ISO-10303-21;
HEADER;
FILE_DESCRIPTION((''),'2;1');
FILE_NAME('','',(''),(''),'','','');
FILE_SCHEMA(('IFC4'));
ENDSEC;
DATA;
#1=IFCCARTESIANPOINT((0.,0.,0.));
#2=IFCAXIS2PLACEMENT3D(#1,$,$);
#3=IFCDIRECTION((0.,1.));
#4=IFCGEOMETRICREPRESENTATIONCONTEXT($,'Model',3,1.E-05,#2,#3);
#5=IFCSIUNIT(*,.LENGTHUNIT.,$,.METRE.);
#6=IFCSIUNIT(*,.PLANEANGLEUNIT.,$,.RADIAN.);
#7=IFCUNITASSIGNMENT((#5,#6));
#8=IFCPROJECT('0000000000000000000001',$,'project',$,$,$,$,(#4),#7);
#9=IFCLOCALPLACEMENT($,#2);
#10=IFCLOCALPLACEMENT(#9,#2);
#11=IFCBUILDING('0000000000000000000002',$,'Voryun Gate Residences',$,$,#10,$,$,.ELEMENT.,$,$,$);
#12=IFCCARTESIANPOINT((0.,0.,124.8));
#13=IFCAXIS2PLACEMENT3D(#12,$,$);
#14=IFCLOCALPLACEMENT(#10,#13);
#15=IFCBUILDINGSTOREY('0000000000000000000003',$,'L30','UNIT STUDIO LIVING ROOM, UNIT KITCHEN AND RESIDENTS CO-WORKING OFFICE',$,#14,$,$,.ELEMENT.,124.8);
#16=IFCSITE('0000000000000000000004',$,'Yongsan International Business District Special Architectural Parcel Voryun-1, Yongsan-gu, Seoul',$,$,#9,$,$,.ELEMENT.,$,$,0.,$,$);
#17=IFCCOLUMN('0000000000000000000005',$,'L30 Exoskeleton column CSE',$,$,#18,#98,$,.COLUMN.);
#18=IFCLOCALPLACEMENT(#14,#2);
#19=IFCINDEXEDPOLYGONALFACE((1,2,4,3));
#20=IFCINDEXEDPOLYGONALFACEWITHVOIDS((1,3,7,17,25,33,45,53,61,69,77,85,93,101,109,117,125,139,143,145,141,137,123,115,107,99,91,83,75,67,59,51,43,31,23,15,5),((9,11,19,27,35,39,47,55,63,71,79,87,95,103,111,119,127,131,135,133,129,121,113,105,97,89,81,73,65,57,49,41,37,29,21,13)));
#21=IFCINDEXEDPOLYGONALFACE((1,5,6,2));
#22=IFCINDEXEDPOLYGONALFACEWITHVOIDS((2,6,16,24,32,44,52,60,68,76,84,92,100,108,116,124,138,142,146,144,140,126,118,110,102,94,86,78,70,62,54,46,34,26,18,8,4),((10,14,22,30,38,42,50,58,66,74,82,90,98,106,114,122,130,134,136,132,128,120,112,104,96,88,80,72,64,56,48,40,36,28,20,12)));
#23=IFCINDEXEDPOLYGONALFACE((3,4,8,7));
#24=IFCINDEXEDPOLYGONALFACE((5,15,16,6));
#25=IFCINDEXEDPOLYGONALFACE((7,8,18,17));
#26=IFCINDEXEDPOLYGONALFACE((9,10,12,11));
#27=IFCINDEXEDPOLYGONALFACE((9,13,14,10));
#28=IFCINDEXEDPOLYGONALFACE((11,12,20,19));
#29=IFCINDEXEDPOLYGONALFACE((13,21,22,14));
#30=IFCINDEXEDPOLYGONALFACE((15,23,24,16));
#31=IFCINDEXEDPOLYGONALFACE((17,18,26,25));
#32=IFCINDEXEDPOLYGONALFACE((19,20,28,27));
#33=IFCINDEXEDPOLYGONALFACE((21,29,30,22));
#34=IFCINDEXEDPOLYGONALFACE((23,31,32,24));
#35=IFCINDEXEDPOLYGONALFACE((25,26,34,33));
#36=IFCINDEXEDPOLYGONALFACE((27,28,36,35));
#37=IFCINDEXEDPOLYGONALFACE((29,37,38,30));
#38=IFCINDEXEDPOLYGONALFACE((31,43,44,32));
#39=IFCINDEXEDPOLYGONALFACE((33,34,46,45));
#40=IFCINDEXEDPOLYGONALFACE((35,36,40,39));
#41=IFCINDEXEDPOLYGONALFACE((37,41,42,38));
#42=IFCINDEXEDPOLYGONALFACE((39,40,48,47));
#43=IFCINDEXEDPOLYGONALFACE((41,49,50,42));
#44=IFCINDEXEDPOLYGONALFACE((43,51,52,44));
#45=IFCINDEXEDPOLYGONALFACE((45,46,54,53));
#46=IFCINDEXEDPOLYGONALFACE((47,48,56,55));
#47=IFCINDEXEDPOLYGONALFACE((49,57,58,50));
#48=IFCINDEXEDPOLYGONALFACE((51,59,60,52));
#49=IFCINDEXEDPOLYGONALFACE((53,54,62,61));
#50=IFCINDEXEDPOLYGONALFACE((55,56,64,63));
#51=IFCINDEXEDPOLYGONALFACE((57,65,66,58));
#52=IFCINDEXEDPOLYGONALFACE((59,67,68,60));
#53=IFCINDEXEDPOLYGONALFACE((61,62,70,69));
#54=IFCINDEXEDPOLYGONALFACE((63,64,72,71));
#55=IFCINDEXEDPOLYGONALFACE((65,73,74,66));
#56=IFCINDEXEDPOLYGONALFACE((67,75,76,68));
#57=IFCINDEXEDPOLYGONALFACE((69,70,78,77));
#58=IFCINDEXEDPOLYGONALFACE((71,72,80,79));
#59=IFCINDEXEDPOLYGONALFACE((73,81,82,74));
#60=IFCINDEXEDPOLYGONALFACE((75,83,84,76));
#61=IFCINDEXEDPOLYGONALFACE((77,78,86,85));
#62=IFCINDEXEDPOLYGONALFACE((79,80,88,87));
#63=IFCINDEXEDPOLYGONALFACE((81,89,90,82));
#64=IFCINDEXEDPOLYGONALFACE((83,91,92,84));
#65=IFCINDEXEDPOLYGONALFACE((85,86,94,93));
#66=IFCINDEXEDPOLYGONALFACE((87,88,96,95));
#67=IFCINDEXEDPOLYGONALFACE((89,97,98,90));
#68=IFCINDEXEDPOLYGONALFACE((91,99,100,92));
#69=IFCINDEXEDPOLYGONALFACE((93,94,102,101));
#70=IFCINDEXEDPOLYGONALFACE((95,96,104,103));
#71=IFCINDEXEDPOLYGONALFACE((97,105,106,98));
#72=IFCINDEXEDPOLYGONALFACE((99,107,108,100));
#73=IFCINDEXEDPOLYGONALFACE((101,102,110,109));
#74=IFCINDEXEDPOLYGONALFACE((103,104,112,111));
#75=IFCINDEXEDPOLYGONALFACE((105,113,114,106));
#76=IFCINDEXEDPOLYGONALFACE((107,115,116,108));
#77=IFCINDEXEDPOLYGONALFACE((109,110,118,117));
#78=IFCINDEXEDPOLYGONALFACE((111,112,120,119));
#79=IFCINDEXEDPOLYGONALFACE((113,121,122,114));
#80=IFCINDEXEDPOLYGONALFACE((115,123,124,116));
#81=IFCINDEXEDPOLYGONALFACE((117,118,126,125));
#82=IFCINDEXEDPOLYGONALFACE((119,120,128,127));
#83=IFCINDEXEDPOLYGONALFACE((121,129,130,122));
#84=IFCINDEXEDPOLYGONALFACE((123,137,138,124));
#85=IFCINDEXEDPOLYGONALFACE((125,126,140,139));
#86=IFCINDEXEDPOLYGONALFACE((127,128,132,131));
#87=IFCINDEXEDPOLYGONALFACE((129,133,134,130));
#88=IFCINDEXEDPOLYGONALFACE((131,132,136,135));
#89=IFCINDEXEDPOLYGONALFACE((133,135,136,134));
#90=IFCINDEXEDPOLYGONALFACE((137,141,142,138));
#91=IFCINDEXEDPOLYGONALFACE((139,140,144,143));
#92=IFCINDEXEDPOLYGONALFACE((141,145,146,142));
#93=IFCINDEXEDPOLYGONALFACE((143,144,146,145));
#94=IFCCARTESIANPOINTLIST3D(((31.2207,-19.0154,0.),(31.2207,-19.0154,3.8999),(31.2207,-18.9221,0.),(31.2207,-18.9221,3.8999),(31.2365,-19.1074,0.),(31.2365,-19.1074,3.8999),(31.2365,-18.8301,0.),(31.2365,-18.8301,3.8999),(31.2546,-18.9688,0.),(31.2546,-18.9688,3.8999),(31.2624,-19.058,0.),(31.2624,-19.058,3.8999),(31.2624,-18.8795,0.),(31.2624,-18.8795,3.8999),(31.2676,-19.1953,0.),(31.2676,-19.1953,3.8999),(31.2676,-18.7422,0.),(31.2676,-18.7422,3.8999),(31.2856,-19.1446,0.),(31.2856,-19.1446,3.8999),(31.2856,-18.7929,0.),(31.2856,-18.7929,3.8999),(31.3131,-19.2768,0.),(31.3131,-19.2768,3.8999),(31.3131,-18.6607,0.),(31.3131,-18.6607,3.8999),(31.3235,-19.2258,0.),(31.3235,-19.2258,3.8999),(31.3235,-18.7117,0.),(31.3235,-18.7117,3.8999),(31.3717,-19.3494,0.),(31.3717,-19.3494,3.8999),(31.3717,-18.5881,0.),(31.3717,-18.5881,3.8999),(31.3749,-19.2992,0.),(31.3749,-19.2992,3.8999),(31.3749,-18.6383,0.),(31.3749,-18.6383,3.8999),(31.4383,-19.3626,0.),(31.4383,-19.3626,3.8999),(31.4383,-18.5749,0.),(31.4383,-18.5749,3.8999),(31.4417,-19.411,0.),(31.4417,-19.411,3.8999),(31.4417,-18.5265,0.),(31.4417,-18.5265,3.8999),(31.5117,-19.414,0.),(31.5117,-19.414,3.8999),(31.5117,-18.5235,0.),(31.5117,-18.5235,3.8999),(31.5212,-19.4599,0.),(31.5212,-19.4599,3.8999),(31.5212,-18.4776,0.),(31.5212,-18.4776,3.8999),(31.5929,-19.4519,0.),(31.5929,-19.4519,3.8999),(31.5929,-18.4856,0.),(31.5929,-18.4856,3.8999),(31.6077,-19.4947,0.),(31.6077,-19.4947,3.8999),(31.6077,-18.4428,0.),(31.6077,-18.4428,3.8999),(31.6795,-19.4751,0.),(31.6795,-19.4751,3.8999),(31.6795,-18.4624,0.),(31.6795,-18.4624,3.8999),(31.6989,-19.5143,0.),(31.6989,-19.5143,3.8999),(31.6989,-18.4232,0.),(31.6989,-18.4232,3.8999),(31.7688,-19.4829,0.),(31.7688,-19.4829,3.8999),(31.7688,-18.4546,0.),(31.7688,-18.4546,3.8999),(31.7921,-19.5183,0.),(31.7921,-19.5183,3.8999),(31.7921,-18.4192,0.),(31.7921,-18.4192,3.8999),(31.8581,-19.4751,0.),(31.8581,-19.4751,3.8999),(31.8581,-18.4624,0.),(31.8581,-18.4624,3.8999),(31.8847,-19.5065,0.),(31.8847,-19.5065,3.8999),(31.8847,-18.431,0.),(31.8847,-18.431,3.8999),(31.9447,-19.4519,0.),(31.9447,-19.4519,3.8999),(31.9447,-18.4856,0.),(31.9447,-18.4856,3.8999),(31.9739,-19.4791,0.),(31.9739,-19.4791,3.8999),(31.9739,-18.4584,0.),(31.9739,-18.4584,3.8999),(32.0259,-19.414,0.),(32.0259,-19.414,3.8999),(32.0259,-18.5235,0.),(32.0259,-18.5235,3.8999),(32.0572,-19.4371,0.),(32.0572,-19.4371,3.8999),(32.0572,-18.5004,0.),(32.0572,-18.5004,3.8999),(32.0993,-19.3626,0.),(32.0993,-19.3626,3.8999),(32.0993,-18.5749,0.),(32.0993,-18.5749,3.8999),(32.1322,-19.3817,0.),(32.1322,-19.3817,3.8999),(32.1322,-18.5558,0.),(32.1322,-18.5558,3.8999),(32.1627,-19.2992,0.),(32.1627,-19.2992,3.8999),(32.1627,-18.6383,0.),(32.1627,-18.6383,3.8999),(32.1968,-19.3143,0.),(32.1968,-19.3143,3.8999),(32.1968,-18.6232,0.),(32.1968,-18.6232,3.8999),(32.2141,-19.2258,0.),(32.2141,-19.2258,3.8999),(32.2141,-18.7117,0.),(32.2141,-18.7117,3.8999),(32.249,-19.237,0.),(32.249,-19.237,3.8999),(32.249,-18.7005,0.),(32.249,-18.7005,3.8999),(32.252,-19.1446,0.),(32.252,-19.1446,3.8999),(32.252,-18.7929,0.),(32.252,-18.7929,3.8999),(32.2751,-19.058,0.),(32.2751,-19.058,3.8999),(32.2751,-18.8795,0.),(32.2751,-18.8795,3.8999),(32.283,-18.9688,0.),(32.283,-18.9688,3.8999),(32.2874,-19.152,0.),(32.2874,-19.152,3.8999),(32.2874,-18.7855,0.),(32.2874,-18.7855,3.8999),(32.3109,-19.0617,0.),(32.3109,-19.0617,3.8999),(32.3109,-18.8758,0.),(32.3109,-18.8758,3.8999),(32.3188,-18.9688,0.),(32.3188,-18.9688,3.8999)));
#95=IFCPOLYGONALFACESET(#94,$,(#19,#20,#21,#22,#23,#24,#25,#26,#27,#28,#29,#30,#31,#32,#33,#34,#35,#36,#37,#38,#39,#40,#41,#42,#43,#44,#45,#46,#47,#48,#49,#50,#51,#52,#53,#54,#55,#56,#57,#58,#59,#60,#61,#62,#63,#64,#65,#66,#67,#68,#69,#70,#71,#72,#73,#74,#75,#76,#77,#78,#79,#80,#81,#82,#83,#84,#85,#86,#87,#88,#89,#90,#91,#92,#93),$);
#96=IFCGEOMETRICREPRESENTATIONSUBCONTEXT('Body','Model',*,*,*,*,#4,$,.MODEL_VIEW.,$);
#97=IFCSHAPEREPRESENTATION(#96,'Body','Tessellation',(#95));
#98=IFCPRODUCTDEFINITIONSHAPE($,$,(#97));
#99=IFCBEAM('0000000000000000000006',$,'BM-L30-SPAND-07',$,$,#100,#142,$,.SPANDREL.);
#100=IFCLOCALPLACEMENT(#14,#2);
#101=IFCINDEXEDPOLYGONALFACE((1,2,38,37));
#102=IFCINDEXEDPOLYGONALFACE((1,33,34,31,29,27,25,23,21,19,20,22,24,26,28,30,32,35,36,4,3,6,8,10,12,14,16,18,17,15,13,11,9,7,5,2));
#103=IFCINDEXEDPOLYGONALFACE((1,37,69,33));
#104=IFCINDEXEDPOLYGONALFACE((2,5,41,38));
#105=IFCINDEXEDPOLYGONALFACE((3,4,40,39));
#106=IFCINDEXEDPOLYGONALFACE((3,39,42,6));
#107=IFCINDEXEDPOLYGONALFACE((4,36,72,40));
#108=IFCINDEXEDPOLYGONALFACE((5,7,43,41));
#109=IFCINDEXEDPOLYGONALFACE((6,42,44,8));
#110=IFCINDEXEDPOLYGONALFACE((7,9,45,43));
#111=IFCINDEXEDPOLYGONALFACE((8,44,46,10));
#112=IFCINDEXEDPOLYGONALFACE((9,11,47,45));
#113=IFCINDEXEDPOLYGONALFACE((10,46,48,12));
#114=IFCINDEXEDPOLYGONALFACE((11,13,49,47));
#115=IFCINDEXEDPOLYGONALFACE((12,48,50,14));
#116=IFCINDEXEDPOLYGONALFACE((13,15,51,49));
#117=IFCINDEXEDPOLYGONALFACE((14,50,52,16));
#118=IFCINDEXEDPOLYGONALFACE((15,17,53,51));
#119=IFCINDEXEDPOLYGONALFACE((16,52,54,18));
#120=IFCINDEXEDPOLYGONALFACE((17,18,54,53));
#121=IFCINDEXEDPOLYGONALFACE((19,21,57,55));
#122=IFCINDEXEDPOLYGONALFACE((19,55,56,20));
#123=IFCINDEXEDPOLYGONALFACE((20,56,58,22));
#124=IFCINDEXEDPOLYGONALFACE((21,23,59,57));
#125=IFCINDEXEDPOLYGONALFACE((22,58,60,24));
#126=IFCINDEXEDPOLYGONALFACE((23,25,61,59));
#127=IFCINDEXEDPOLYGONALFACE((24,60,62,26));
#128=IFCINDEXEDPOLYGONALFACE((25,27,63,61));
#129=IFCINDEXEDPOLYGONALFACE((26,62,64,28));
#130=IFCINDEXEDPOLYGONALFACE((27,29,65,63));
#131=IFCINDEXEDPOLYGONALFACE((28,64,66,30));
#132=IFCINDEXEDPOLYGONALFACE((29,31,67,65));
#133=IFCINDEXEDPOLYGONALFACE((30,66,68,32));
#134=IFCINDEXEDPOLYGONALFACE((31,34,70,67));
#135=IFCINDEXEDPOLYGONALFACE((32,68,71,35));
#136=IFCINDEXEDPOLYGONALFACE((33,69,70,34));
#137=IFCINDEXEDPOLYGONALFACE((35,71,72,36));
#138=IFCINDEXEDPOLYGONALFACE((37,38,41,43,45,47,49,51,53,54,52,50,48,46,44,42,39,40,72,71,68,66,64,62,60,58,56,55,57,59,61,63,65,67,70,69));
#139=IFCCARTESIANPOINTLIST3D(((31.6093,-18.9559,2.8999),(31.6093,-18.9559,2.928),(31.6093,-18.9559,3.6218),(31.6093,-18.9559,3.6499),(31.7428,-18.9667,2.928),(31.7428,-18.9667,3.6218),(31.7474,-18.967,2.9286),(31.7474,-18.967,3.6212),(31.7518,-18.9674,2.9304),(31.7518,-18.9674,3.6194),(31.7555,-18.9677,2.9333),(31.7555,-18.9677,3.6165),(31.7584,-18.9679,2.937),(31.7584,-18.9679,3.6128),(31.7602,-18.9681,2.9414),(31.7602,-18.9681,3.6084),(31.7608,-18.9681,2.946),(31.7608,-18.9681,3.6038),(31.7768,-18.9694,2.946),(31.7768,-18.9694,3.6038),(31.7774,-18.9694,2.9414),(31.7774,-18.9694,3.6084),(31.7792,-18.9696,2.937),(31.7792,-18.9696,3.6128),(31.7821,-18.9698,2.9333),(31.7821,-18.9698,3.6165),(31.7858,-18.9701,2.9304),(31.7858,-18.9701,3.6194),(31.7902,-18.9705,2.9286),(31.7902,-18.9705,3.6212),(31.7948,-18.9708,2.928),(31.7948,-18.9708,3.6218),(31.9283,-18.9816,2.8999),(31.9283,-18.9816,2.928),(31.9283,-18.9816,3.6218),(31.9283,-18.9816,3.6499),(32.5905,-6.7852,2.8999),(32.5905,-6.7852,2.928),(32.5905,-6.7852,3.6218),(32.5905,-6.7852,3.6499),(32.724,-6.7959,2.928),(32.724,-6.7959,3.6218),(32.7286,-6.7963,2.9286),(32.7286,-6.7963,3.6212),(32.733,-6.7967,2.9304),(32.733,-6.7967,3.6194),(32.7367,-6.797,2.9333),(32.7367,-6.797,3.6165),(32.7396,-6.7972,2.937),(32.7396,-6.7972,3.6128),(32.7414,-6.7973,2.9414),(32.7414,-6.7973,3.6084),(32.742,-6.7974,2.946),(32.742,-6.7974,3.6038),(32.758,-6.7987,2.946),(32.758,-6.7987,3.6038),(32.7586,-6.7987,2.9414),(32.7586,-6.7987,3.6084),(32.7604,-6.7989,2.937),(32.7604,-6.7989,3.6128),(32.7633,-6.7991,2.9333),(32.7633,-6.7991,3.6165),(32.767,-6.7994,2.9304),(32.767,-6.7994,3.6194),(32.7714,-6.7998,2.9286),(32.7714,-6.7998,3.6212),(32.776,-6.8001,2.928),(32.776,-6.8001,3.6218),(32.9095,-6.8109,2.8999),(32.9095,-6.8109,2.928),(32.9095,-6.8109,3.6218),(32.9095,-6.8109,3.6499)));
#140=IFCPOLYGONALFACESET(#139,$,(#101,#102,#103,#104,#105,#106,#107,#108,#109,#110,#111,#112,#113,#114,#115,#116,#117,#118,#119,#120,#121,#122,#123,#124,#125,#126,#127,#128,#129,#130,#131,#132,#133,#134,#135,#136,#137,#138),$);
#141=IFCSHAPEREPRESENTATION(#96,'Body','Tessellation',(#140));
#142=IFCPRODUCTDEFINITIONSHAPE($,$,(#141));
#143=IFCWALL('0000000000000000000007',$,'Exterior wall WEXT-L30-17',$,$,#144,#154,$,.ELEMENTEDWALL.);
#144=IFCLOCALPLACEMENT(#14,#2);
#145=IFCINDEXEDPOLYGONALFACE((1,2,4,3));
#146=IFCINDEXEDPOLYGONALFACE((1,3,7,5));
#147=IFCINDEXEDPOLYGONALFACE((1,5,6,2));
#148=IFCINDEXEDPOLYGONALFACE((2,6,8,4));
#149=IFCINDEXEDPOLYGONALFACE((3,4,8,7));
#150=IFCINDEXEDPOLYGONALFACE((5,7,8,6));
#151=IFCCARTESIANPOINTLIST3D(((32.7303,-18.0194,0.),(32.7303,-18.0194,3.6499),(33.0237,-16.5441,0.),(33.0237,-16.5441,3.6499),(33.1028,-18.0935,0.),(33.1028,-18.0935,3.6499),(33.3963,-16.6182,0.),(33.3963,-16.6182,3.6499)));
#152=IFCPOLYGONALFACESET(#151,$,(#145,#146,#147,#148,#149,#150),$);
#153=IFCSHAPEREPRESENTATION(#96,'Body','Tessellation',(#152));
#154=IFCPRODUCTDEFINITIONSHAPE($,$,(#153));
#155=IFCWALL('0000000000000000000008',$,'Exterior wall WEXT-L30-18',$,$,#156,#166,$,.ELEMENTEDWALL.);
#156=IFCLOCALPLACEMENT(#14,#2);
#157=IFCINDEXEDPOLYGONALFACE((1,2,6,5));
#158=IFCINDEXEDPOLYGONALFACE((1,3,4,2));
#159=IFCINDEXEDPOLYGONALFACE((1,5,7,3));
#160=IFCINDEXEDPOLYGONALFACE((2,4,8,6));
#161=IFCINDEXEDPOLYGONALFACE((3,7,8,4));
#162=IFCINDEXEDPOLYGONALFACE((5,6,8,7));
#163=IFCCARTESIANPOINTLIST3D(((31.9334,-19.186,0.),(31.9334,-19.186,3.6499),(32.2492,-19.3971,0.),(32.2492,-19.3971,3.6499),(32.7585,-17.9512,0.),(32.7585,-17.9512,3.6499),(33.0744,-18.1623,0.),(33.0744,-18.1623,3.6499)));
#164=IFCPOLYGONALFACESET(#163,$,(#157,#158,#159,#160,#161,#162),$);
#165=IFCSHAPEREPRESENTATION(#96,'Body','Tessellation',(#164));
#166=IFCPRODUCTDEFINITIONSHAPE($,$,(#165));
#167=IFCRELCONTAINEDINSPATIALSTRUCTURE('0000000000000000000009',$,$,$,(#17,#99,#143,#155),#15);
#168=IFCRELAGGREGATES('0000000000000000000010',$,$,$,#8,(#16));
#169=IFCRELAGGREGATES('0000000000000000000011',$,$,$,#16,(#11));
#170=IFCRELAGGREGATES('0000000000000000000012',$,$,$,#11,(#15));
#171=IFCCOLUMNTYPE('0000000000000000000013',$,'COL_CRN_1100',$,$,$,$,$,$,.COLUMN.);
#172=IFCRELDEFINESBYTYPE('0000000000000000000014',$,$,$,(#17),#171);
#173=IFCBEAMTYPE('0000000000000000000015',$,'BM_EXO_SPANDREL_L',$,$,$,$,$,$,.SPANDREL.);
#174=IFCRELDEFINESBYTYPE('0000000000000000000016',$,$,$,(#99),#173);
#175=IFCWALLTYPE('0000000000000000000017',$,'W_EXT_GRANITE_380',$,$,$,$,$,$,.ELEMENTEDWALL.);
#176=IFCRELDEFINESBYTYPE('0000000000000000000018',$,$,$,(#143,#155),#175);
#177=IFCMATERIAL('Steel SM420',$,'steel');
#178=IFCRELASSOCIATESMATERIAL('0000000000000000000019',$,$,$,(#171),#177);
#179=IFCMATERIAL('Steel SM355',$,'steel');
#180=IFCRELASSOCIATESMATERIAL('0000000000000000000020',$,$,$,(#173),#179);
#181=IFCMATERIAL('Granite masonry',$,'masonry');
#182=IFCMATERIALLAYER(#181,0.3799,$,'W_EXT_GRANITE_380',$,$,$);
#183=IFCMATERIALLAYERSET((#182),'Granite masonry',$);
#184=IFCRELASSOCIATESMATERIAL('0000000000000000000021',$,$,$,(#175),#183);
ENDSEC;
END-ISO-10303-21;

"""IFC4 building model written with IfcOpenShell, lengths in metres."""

from ifc_helpers import new_model, si_unit, direction, frame, frame_2d, origin, origin_2d, place, context, subcontext, project, spatial, rectangle, hollow_circle, i_section, extrude, material, layer, layer_set, material_profile, profile_set, type_object, element, save


model = new_model("IFC4")

# Units and contexts
model_context = context("Model", 3, precision=1e-05, world=origin(), true_north=direction((0.0, 1.0)))
body_context = subcontext(model_context, "Body", "Model", "MODEL_VIEW")
ifc_project = project(units=[si_unit("LENGTHUNIT", "METRE"), si_unit("PLANEANGLEUNIT", "RADIAN")], contexts=[model_context])

# Site, building, storey
site_placement = place(None, origin())
site = spatial("IfcSite", under=ifc_project, at=site_placement, Name="Yongsan International Business District Special Architectural Parcel Voryun-1, Yongsan-gu, Seoul", CompositionType="ELEMENT", RefElevation=0.0)
building_placement = place(site_placement, origin())
building = spatial("IfcBuilding", under=site, at=building_placement, Name="Voryun Gate Residences", CompositionType="ELEMENT")
storey_placement = place(building_placement, frame((0.0, 0.0, 124.8)))
storey = spatial("IfcBuildingStorey", under=building, at=storey_placement, Name="L30", Description="UNIT STUDIO LIVING ROOM, UNIT KITCHEN AND RESIDENTS CO-WORKING OFFICE", CompositionType="ELEMENT", Elevation=124.8)

# Column
ifc_material_1 = material(Name="Steel SM420", Category="steel")
ifc_material_profile_1 = material_profile(ifc_material_1, hollow_circle(Radius=0.55, WallThickness=0.0359, at=origin_2d()), Name="CHS-1100x36")
ifc_profile_set_1 = profile_set([ifc_material_profile_1], Name="Steel SM420")
column_type = type_object("IfcColumnType", Name="COL_CRN_1100", PredefinedType="COLUMN", material=ifc_profile_set_1)
column_placement = place(storey_placement, frame((31.7688, -18.9688, 0.0), z_axis=(0.0, 0.0, 1.0), x_axis=(1.0, 0.0, 0.0)))
element("IfcColumn", 1, at=column_placement, inside=storey, type_object=column_type, Name="L30 Exoskeleton column CSE", PredefinedType="COLUMN", context=body_context, shape_type="SweptSolid", body=[
    extrude(hollow_circle(Radius=0.55, WallThickness=0.0359, at=origin_2d()), origin(), (0.0, 0.0, 1.0), 3.8999),
])

# Beam
ifc_material_2 = material(Name="Steel SM355", Category="steel")
ifc_material_profile_2 = material_profile(ifc_material_2, i_section(OverallWidth=0.3201, OverallDepth=0.75, WebThickness=0.0161, FlangeThickness=0.0281, FilletRadius=0.0181, at=origin_2d()), Name="H-750x320x16x28")
ifc_profile_set_2 = profile_set([ifc_material_profile_2], Name="Steel SM355")
beam_type = type_object("IfcBeamType", Name="BM_EXO_SPANDREL_L", PredefinedType="SPANDREL", material=ifc_profile_set_2)
beam_placement = place(storey_placement, frame((31.7688, -18.9688, 3.2749), z_axis=(0.08036, 0.996766, 0.0), x_axis=(-0.996766, 0.08036, 0.0)))
element("IfcBeam", 2, at=beam_placement, inside=storey, type_object=beam_type, Name="BM-L30-SPAND-07", PredefinedType="SPANDREL", context=body_context, shape_type="SweptSolid", body=[
    extrude(i_section(OverallWidth=0.3201, OverallDepth=0.75, WebThickness=0.0161, FlangeThickness=0.0281, FilletRadius=0.0181, at=origin_2d()), origin(), (0.0, 0.0, 1.0), 12.2102),
])

# Walls
ifc_material_3 = material(Name="Granite masonry", Category="masonry")
ifc_layer_1 = layer(ifc_material_3, 0.3799, Name="W_EXT_GRANITE_380")
ifc_layer_set_1 = layer_set([ifc_layer_1], Name="Granite masonry")
wall_type_1 = type_object("IfcWallType", Name="W_EXT_GRANITE_380", PredefinedType="ELEMENTEDWALL", material=ifc_layer_set_1)
wall_1_placement = place(storey_placement, frame((33.21, -16.5813, 0.0), z_axis=(0.0, 0.0, 1.0), x_axis=(-0.195086, -0.980786, 0.0)))
element("IfcWall", 3, at=wall_1_placement, inside=storey, type_object=wall_type_1, Name="Exterior wall WEXT-L30-17", PredefinedType="ELEMENTEDWALL", context=body_context, shape_type="SweptSolid", body=[
    extrude(rectangle(XDim=1.5042, YDim=0.3799, at=frame_2d((0.752, 0.0))), origin(), (0.0, 0.0, 1.0), 3.6499),
])
wall_2_placement = place(storey_placement, frame((32.9165, -18.0566, 0.0), z_axis=(0.0, 0.0, 1.0), x_axis=(-0.55561, -0.831443, 0.0)))
element("IfcWall", 4, at=wall_2_placement, inside=storey, type_object=wall_type_1, Name="Exterior wall WEXT-L30-18", PredefinedType="ELEMENTEDWALL", context=body_context, shape_type="SweptSolid", body=[
    extrude(rectangle(XDim=1.4851, YDim=0.3799, at=frame_2d((0.7427, 0.0))), origin(), (0.0, 0.0, 1.0), 3.6499),
])

save(model, "model.ifc")
